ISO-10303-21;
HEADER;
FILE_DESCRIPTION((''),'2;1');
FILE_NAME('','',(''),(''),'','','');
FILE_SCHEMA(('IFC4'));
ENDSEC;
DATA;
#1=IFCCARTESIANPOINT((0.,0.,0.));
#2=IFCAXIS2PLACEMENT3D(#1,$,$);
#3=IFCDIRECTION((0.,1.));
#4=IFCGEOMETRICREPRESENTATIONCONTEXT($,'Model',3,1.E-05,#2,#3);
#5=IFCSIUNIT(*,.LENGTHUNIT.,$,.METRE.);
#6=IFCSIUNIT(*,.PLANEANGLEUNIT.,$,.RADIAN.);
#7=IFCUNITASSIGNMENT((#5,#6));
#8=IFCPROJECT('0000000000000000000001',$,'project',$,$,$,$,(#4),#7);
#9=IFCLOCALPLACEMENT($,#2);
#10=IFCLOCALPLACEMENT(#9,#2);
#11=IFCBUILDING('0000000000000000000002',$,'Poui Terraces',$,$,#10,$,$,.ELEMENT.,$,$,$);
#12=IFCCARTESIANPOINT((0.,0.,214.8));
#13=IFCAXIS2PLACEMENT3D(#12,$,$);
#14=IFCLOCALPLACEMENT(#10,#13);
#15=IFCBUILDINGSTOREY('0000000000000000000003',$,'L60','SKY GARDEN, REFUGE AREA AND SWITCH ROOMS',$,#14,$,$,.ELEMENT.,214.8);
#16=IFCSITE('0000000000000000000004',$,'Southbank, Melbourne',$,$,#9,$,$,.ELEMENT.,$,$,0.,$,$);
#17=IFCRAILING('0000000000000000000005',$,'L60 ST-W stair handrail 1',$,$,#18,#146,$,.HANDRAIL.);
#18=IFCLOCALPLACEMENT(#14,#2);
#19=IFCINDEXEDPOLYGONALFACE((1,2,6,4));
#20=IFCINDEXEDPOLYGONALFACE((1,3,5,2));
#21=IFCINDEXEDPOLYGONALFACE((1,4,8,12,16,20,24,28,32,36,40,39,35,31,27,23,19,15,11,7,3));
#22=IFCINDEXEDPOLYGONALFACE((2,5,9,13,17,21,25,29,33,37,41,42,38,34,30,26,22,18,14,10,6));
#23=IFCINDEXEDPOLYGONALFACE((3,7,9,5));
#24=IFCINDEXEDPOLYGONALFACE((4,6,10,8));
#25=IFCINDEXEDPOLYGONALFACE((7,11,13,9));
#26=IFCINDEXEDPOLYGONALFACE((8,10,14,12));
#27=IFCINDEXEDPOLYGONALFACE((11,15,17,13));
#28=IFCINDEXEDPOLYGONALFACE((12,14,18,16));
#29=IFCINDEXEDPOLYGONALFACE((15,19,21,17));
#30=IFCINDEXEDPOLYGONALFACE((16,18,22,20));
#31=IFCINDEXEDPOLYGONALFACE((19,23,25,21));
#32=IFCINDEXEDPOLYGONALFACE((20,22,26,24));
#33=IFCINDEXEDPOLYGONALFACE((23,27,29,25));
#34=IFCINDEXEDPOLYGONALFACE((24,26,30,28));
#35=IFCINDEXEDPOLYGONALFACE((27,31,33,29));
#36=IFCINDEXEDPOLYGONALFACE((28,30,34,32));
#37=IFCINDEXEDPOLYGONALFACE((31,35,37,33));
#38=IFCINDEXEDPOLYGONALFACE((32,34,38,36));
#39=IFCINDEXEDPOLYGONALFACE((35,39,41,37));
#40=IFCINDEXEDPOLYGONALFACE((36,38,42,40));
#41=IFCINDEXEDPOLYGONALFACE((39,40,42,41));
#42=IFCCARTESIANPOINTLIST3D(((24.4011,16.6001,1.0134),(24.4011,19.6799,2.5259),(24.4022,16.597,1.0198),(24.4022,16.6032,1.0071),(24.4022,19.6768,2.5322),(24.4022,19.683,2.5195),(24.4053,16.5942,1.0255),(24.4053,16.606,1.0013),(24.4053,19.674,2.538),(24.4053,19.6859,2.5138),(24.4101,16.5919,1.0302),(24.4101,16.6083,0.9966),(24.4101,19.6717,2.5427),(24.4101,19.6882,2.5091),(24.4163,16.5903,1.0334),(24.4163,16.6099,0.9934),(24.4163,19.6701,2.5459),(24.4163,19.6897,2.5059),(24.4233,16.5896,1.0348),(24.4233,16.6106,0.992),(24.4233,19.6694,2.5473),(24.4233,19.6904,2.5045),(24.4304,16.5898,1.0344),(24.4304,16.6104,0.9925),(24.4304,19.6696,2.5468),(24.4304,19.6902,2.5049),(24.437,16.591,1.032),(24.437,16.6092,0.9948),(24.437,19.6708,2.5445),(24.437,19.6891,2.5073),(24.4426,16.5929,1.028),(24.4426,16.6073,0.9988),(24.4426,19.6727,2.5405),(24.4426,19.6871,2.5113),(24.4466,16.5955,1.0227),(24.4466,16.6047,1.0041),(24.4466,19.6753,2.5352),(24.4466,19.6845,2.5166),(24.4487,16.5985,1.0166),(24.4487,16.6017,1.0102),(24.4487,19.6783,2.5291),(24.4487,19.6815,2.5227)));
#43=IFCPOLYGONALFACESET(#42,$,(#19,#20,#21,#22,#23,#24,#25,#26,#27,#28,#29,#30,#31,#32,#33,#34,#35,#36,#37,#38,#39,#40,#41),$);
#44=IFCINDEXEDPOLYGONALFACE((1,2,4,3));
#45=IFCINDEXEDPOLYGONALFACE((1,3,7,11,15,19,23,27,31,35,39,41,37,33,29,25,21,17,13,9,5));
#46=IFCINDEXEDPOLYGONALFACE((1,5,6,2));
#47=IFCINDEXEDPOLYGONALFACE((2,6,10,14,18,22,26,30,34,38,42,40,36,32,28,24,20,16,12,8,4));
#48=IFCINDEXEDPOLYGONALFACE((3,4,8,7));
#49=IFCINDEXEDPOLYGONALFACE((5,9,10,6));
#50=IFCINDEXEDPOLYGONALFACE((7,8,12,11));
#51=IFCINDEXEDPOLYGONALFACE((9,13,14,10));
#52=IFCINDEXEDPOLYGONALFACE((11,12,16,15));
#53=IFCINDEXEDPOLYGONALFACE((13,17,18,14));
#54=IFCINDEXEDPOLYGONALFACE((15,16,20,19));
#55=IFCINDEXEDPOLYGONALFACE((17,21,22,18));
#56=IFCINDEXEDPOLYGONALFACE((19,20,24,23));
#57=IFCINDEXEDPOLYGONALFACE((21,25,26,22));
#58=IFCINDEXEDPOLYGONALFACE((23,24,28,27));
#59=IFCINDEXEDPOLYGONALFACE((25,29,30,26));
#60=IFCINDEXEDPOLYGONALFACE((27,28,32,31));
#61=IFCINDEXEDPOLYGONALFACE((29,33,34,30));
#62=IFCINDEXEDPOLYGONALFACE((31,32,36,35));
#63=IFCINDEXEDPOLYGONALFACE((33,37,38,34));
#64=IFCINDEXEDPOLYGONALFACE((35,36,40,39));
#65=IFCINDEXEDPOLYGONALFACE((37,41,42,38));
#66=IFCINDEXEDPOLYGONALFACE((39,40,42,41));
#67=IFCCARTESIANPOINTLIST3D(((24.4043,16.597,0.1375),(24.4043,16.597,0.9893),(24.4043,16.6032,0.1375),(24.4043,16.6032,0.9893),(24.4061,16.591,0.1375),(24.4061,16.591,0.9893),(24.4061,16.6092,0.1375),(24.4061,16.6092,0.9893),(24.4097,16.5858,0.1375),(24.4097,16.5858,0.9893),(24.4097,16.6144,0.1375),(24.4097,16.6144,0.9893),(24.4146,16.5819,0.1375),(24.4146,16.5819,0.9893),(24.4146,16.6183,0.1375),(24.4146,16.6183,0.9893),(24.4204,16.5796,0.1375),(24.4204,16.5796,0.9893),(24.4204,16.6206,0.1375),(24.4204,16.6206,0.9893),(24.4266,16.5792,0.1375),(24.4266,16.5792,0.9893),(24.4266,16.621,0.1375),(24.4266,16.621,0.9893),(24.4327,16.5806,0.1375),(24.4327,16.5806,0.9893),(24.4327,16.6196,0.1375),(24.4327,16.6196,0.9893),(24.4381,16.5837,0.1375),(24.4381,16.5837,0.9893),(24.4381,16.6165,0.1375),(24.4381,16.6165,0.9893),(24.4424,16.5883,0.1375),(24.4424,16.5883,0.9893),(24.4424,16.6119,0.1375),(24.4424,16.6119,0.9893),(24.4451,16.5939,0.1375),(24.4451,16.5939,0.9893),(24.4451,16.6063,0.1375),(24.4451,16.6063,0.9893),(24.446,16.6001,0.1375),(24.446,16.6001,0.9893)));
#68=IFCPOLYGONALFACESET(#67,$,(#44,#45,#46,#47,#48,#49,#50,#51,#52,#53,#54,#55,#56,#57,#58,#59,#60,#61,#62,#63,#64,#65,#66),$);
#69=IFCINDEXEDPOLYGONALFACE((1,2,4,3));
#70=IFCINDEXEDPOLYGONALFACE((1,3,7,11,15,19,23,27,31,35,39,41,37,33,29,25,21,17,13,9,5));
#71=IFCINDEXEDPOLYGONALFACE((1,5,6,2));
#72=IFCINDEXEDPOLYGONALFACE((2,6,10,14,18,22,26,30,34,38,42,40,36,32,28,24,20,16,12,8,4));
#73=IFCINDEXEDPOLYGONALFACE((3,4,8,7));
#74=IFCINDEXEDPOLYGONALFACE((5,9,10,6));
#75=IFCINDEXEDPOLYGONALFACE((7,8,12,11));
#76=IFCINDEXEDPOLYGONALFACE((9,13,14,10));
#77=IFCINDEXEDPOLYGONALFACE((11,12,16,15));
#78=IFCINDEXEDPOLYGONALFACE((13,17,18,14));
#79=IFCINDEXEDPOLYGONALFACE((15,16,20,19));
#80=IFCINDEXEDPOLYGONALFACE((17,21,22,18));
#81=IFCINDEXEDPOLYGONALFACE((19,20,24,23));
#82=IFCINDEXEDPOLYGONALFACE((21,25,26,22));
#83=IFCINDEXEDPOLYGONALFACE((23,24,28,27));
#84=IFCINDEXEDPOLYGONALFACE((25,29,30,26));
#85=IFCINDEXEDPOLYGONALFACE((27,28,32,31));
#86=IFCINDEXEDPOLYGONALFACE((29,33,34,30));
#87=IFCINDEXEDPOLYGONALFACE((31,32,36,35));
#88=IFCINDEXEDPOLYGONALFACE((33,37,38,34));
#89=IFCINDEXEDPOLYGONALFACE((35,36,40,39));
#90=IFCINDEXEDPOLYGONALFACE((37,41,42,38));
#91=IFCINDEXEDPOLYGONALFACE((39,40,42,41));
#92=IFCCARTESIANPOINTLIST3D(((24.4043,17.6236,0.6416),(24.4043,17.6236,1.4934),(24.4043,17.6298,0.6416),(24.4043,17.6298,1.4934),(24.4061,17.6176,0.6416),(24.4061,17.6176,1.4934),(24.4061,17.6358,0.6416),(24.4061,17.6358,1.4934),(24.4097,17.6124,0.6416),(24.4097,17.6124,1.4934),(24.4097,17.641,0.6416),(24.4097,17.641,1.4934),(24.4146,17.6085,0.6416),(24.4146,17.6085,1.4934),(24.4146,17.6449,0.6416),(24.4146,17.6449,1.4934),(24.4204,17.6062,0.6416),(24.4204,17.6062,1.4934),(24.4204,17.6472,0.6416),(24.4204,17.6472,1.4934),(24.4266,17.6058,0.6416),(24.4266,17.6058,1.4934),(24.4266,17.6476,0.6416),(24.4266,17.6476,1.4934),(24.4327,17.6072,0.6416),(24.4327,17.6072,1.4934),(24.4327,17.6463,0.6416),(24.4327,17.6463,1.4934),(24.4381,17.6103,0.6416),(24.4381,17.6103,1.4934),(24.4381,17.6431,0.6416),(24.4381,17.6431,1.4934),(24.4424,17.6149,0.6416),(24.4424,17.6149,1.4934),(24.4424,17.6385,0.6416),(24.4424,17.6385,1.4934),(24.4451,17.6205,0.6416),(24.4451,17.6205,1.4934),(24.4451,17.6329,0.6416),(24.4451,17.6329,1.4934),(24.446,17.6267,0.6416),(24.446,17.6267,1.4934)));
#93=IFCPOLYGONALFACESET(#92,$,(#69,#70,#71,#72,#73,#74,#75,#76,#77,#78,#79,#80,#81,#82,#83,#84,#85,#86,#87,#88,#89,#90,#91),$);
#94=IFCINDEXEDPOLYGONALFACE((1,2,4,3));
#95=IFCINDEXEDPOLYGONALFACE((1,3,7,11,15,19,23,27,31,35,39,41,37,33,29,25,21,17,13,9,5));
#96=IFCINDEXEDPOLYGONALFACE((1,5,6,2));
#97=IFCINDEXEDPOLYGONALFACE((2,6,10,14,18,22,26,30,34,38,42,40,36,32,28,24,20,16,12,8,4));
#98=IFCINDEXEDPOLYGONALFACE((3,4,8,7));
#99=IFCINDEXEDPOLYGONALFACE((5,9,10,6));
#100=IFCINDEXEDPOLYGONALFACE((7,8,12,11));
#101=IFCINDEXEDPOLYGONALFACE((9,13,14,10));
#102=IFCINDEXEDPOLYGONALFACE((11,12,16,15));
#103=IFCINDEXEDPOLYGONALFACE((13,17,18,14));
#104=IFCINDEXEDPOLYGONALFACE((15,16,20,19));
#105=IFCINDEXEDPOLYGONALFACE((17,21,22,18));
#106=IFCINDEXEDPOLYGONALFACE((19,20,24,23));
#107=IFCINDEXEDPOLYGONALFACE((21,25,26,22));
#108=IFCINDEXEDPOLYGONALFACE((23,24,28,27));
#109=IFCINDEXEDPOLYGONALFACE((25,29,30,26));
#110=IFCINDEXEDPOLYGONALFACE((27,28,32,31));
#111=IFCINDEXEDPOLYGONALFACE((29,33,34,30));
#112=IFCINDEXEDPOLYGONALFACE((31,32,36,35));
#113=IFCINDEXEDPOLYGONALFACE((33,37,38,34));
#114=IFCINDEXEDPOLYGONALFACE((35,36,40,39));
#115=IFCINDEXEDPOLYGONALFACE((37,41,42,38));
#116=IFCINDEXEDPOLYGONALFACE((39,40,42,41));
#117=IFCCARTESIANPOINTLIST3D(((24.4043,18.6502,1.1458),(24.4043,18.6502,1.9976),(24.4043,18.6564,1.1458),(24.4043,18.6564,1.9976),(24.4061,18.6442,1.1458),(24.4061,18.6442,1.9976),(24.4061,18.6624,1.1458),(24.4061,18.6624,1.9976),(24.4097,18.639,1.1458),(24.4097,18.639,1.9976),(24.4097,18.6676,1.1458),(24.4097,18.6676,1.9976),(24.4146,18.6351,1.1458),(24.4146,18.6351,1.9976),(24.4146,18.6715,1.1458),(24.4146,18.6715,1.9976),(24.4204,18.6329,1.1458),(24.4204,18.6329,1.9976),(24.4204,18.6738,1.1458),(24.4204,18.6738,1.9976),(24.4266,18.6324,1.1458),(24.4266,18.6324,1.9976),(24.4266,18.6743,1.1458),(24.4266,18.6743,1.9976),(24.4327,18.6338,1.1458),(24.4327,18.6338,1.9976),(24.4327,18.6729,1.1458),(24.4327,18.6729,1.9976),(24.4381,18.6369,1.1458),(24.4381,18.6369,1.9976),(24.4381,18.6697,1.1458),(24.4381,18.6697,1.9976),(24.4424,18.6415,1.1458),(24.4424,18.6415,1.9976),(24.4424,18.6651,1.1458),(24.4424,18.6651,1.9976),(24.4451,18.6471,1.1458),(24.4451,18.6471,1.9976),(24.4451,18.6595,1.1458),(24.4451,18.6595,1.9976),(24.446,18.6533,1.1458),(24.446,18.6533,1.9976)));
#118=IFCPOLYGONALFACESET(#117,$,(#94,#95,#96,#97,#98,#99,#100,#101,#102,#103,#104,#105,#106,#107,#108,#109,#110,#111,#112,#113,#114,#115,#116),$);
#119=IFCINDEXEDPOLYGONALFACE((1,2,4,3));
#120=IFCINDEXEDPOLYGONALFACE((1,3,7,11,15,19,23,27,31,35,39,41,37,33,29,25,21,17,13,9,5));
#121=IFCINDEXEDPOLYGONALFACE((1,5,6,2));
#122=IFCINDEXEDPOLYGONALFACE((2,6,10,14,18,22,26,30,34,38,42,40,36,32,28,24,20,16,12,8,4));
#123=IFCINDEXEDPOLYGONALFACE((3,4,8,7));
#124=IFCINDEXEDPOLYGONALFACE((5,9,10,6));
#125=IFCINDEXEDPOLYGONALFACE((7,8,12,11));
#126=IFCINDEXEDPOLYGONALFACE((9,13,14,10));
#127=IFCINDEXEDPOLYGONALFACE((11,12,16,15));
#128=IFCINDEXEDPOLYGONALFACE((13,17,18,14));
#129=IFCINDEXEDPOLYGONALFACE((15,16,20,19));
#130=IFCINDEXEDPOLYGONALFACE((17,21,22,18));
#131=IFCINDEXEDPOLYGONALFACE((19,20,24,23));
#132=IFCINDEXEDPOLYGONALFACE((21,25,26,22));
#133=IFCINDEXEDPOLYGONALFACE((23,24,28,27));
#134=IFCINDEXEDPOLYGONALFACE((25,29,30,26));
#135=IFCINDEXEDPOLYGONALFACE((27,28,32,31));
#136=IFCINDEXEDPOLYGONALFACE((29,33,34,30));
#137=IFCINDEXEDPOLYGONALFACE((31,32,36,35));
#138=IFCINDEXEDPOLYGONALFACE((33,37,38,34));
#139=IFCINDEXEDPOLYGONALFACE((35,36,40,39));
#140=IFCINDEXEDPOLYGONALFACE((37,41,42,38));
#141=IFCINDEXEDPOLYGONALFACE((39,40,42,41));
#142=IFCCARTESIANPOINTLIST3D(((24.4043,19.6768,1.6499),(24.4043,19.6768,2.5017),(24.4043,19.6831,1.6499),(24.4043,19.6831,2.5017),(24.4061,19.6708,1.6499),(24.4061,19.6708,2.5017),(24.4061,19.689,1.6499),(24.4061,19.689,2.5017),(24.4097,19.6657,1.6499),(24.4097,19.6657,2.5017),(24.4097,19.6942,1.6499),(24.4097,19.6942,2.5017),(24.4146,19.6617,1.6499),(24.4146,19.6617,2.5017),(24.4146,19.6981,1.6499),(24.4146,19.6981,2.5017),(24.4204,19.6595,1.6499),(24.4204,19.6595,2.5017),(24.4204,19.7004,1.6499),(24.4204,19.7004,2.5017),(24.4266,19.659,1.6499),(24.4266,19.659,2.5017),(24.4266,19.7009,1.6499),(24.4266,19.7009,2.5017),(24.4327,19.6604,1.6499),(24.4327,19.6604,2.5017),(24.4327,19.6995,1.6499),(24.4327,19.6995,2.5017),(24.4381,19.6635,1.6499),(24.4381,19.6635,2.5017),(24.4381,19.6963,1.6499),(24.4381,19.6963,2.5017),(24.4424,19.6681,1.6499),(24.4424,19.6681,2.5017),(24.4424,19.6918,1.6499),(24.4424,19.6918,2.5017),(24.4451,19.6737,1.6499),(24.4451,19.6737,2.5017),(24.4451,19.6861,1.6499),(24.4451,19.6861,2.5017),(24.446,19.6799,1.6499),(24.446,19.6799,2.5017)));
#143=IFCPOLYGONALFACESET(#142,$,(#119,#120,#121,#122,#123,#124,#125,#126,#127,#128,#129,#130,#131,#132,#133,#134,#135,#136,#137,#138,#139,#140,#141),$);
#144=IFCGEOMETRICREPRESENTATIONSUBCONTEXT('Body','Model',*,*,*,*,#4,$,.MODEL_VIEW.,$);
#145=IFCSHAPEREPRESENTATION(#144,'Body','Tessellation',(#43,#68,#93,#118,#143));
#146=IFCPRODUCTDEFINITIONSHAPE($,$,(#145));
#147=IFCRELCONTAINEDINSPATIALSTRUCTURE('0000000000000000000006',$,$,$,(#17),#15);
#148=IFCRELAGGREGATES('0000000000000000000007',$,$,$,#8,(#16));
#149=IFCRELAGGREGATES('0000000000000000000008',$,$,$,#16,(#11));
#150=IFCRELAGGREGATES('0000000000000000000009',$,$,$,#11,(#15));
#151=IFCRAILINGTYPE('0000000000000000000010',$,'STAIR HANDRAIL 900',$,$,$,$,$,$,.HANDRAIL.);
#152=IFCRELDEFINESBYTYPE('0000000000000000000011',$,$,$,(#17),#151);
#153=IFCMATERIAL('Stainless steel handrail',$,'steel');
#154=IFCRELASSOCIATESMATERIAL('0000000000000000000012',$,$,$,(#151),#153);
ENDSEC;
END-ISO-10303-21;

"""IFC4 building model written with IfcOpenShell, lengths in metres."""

from ifc_helpers import new_model, si_unit, direction, frame, origin, origin_2d, place, context, subcontext, project, spatial, circle, extrude, material, type_object, element, save


model = new_model("IFC4")

# Units and contexts
model_context = context("Model", 3, precision=1e-05, world=origin(), true_north=direction((0.0, 1.0)))
body_context = subcontext(model_context, "Body", "Model", "MODEL_VIEW")
ifc_project = project(units=[si_unit("LENGTHUNIT", "METRE"), si_unit("PLANEANGLEUNIT", "RADIAN")], contexts=[model_context])

# Site, building, storey
site_placement = place(None, origin())
site = spatial("IfcSite", under=ifc_project, at=site_placement, Name="Southbank, Melbourne", CompositionType="ELEMENT", RefElevation=0.0)
building_placement = place(site_placement, origin())
building = spatial("IfcBuilding", under=site, at=building_placement, Name="Poui Terraces", CompositionType="ELEMENT")
storey_placement = place(building_placement, frame((0.0, 0.0, 214.8)))
storey = spatial("IfcBuildingStorey", under=building, at=storey_placement, Name="L60", Description="SKY GARDEN, REFUGE AREA AND SWITCH ROOMS", CompositionType="ELEMENT", Elevation=214.8)

# Railing
ifc_material_1 = material(Name="Stainless steel handrail", Category="steel")
railing_type_1 = type_object("IfcRailingType", Name="STAIR HANDRAIL 900", PredefinedType="HANDRAIL", material=ifc_material_1)
for number, where, name in (
    (1, (24.425, 16.6001, 0.1375), "L60 ST-W stair handrail 1"),
):
    element("IfcRailing", number, at=place(storey_placement, frame(where)), inside=storey, type_object=railing_type_1, Name=name, PredefinedType="HANDRAIL", context=body_context, shape_type="SweptSolid", body=[
        extrude(circle(Radius=0.0239, at=origin_2d()), frame((0.0, 0.0, 0.876), z_axis=(0.0, 0.897606, 0.440798), x_axis=(-1.0, 0.0, 0.0)), (0.0, 0.0, 1.0), 3.4312),
        extrude(circle(Radius=0.021, at=origin_2d()), origin(), (0.0, 0.0, 1.0), 0.8518),
        extrude(circle(Radius=0.021, at=origin_2d()), frame((0.0, 1.0266, 0.5042)), (0.0, 0.0, 1.0), 0.8518),
        extrude(circle(Radius=0.021, at=origin_2d()), frame((0.0, 2.0532, 1.0083)), (0.0, 0.0, 1.0), 0.8518),
        extrude(circle(Radius=0.021, at=origin_2d()), frame((0.0, 3.0798, 1.5125)), (0.0, 0.0, 1.0), 0.8518),
    ])

save(model, "model.ifc")
